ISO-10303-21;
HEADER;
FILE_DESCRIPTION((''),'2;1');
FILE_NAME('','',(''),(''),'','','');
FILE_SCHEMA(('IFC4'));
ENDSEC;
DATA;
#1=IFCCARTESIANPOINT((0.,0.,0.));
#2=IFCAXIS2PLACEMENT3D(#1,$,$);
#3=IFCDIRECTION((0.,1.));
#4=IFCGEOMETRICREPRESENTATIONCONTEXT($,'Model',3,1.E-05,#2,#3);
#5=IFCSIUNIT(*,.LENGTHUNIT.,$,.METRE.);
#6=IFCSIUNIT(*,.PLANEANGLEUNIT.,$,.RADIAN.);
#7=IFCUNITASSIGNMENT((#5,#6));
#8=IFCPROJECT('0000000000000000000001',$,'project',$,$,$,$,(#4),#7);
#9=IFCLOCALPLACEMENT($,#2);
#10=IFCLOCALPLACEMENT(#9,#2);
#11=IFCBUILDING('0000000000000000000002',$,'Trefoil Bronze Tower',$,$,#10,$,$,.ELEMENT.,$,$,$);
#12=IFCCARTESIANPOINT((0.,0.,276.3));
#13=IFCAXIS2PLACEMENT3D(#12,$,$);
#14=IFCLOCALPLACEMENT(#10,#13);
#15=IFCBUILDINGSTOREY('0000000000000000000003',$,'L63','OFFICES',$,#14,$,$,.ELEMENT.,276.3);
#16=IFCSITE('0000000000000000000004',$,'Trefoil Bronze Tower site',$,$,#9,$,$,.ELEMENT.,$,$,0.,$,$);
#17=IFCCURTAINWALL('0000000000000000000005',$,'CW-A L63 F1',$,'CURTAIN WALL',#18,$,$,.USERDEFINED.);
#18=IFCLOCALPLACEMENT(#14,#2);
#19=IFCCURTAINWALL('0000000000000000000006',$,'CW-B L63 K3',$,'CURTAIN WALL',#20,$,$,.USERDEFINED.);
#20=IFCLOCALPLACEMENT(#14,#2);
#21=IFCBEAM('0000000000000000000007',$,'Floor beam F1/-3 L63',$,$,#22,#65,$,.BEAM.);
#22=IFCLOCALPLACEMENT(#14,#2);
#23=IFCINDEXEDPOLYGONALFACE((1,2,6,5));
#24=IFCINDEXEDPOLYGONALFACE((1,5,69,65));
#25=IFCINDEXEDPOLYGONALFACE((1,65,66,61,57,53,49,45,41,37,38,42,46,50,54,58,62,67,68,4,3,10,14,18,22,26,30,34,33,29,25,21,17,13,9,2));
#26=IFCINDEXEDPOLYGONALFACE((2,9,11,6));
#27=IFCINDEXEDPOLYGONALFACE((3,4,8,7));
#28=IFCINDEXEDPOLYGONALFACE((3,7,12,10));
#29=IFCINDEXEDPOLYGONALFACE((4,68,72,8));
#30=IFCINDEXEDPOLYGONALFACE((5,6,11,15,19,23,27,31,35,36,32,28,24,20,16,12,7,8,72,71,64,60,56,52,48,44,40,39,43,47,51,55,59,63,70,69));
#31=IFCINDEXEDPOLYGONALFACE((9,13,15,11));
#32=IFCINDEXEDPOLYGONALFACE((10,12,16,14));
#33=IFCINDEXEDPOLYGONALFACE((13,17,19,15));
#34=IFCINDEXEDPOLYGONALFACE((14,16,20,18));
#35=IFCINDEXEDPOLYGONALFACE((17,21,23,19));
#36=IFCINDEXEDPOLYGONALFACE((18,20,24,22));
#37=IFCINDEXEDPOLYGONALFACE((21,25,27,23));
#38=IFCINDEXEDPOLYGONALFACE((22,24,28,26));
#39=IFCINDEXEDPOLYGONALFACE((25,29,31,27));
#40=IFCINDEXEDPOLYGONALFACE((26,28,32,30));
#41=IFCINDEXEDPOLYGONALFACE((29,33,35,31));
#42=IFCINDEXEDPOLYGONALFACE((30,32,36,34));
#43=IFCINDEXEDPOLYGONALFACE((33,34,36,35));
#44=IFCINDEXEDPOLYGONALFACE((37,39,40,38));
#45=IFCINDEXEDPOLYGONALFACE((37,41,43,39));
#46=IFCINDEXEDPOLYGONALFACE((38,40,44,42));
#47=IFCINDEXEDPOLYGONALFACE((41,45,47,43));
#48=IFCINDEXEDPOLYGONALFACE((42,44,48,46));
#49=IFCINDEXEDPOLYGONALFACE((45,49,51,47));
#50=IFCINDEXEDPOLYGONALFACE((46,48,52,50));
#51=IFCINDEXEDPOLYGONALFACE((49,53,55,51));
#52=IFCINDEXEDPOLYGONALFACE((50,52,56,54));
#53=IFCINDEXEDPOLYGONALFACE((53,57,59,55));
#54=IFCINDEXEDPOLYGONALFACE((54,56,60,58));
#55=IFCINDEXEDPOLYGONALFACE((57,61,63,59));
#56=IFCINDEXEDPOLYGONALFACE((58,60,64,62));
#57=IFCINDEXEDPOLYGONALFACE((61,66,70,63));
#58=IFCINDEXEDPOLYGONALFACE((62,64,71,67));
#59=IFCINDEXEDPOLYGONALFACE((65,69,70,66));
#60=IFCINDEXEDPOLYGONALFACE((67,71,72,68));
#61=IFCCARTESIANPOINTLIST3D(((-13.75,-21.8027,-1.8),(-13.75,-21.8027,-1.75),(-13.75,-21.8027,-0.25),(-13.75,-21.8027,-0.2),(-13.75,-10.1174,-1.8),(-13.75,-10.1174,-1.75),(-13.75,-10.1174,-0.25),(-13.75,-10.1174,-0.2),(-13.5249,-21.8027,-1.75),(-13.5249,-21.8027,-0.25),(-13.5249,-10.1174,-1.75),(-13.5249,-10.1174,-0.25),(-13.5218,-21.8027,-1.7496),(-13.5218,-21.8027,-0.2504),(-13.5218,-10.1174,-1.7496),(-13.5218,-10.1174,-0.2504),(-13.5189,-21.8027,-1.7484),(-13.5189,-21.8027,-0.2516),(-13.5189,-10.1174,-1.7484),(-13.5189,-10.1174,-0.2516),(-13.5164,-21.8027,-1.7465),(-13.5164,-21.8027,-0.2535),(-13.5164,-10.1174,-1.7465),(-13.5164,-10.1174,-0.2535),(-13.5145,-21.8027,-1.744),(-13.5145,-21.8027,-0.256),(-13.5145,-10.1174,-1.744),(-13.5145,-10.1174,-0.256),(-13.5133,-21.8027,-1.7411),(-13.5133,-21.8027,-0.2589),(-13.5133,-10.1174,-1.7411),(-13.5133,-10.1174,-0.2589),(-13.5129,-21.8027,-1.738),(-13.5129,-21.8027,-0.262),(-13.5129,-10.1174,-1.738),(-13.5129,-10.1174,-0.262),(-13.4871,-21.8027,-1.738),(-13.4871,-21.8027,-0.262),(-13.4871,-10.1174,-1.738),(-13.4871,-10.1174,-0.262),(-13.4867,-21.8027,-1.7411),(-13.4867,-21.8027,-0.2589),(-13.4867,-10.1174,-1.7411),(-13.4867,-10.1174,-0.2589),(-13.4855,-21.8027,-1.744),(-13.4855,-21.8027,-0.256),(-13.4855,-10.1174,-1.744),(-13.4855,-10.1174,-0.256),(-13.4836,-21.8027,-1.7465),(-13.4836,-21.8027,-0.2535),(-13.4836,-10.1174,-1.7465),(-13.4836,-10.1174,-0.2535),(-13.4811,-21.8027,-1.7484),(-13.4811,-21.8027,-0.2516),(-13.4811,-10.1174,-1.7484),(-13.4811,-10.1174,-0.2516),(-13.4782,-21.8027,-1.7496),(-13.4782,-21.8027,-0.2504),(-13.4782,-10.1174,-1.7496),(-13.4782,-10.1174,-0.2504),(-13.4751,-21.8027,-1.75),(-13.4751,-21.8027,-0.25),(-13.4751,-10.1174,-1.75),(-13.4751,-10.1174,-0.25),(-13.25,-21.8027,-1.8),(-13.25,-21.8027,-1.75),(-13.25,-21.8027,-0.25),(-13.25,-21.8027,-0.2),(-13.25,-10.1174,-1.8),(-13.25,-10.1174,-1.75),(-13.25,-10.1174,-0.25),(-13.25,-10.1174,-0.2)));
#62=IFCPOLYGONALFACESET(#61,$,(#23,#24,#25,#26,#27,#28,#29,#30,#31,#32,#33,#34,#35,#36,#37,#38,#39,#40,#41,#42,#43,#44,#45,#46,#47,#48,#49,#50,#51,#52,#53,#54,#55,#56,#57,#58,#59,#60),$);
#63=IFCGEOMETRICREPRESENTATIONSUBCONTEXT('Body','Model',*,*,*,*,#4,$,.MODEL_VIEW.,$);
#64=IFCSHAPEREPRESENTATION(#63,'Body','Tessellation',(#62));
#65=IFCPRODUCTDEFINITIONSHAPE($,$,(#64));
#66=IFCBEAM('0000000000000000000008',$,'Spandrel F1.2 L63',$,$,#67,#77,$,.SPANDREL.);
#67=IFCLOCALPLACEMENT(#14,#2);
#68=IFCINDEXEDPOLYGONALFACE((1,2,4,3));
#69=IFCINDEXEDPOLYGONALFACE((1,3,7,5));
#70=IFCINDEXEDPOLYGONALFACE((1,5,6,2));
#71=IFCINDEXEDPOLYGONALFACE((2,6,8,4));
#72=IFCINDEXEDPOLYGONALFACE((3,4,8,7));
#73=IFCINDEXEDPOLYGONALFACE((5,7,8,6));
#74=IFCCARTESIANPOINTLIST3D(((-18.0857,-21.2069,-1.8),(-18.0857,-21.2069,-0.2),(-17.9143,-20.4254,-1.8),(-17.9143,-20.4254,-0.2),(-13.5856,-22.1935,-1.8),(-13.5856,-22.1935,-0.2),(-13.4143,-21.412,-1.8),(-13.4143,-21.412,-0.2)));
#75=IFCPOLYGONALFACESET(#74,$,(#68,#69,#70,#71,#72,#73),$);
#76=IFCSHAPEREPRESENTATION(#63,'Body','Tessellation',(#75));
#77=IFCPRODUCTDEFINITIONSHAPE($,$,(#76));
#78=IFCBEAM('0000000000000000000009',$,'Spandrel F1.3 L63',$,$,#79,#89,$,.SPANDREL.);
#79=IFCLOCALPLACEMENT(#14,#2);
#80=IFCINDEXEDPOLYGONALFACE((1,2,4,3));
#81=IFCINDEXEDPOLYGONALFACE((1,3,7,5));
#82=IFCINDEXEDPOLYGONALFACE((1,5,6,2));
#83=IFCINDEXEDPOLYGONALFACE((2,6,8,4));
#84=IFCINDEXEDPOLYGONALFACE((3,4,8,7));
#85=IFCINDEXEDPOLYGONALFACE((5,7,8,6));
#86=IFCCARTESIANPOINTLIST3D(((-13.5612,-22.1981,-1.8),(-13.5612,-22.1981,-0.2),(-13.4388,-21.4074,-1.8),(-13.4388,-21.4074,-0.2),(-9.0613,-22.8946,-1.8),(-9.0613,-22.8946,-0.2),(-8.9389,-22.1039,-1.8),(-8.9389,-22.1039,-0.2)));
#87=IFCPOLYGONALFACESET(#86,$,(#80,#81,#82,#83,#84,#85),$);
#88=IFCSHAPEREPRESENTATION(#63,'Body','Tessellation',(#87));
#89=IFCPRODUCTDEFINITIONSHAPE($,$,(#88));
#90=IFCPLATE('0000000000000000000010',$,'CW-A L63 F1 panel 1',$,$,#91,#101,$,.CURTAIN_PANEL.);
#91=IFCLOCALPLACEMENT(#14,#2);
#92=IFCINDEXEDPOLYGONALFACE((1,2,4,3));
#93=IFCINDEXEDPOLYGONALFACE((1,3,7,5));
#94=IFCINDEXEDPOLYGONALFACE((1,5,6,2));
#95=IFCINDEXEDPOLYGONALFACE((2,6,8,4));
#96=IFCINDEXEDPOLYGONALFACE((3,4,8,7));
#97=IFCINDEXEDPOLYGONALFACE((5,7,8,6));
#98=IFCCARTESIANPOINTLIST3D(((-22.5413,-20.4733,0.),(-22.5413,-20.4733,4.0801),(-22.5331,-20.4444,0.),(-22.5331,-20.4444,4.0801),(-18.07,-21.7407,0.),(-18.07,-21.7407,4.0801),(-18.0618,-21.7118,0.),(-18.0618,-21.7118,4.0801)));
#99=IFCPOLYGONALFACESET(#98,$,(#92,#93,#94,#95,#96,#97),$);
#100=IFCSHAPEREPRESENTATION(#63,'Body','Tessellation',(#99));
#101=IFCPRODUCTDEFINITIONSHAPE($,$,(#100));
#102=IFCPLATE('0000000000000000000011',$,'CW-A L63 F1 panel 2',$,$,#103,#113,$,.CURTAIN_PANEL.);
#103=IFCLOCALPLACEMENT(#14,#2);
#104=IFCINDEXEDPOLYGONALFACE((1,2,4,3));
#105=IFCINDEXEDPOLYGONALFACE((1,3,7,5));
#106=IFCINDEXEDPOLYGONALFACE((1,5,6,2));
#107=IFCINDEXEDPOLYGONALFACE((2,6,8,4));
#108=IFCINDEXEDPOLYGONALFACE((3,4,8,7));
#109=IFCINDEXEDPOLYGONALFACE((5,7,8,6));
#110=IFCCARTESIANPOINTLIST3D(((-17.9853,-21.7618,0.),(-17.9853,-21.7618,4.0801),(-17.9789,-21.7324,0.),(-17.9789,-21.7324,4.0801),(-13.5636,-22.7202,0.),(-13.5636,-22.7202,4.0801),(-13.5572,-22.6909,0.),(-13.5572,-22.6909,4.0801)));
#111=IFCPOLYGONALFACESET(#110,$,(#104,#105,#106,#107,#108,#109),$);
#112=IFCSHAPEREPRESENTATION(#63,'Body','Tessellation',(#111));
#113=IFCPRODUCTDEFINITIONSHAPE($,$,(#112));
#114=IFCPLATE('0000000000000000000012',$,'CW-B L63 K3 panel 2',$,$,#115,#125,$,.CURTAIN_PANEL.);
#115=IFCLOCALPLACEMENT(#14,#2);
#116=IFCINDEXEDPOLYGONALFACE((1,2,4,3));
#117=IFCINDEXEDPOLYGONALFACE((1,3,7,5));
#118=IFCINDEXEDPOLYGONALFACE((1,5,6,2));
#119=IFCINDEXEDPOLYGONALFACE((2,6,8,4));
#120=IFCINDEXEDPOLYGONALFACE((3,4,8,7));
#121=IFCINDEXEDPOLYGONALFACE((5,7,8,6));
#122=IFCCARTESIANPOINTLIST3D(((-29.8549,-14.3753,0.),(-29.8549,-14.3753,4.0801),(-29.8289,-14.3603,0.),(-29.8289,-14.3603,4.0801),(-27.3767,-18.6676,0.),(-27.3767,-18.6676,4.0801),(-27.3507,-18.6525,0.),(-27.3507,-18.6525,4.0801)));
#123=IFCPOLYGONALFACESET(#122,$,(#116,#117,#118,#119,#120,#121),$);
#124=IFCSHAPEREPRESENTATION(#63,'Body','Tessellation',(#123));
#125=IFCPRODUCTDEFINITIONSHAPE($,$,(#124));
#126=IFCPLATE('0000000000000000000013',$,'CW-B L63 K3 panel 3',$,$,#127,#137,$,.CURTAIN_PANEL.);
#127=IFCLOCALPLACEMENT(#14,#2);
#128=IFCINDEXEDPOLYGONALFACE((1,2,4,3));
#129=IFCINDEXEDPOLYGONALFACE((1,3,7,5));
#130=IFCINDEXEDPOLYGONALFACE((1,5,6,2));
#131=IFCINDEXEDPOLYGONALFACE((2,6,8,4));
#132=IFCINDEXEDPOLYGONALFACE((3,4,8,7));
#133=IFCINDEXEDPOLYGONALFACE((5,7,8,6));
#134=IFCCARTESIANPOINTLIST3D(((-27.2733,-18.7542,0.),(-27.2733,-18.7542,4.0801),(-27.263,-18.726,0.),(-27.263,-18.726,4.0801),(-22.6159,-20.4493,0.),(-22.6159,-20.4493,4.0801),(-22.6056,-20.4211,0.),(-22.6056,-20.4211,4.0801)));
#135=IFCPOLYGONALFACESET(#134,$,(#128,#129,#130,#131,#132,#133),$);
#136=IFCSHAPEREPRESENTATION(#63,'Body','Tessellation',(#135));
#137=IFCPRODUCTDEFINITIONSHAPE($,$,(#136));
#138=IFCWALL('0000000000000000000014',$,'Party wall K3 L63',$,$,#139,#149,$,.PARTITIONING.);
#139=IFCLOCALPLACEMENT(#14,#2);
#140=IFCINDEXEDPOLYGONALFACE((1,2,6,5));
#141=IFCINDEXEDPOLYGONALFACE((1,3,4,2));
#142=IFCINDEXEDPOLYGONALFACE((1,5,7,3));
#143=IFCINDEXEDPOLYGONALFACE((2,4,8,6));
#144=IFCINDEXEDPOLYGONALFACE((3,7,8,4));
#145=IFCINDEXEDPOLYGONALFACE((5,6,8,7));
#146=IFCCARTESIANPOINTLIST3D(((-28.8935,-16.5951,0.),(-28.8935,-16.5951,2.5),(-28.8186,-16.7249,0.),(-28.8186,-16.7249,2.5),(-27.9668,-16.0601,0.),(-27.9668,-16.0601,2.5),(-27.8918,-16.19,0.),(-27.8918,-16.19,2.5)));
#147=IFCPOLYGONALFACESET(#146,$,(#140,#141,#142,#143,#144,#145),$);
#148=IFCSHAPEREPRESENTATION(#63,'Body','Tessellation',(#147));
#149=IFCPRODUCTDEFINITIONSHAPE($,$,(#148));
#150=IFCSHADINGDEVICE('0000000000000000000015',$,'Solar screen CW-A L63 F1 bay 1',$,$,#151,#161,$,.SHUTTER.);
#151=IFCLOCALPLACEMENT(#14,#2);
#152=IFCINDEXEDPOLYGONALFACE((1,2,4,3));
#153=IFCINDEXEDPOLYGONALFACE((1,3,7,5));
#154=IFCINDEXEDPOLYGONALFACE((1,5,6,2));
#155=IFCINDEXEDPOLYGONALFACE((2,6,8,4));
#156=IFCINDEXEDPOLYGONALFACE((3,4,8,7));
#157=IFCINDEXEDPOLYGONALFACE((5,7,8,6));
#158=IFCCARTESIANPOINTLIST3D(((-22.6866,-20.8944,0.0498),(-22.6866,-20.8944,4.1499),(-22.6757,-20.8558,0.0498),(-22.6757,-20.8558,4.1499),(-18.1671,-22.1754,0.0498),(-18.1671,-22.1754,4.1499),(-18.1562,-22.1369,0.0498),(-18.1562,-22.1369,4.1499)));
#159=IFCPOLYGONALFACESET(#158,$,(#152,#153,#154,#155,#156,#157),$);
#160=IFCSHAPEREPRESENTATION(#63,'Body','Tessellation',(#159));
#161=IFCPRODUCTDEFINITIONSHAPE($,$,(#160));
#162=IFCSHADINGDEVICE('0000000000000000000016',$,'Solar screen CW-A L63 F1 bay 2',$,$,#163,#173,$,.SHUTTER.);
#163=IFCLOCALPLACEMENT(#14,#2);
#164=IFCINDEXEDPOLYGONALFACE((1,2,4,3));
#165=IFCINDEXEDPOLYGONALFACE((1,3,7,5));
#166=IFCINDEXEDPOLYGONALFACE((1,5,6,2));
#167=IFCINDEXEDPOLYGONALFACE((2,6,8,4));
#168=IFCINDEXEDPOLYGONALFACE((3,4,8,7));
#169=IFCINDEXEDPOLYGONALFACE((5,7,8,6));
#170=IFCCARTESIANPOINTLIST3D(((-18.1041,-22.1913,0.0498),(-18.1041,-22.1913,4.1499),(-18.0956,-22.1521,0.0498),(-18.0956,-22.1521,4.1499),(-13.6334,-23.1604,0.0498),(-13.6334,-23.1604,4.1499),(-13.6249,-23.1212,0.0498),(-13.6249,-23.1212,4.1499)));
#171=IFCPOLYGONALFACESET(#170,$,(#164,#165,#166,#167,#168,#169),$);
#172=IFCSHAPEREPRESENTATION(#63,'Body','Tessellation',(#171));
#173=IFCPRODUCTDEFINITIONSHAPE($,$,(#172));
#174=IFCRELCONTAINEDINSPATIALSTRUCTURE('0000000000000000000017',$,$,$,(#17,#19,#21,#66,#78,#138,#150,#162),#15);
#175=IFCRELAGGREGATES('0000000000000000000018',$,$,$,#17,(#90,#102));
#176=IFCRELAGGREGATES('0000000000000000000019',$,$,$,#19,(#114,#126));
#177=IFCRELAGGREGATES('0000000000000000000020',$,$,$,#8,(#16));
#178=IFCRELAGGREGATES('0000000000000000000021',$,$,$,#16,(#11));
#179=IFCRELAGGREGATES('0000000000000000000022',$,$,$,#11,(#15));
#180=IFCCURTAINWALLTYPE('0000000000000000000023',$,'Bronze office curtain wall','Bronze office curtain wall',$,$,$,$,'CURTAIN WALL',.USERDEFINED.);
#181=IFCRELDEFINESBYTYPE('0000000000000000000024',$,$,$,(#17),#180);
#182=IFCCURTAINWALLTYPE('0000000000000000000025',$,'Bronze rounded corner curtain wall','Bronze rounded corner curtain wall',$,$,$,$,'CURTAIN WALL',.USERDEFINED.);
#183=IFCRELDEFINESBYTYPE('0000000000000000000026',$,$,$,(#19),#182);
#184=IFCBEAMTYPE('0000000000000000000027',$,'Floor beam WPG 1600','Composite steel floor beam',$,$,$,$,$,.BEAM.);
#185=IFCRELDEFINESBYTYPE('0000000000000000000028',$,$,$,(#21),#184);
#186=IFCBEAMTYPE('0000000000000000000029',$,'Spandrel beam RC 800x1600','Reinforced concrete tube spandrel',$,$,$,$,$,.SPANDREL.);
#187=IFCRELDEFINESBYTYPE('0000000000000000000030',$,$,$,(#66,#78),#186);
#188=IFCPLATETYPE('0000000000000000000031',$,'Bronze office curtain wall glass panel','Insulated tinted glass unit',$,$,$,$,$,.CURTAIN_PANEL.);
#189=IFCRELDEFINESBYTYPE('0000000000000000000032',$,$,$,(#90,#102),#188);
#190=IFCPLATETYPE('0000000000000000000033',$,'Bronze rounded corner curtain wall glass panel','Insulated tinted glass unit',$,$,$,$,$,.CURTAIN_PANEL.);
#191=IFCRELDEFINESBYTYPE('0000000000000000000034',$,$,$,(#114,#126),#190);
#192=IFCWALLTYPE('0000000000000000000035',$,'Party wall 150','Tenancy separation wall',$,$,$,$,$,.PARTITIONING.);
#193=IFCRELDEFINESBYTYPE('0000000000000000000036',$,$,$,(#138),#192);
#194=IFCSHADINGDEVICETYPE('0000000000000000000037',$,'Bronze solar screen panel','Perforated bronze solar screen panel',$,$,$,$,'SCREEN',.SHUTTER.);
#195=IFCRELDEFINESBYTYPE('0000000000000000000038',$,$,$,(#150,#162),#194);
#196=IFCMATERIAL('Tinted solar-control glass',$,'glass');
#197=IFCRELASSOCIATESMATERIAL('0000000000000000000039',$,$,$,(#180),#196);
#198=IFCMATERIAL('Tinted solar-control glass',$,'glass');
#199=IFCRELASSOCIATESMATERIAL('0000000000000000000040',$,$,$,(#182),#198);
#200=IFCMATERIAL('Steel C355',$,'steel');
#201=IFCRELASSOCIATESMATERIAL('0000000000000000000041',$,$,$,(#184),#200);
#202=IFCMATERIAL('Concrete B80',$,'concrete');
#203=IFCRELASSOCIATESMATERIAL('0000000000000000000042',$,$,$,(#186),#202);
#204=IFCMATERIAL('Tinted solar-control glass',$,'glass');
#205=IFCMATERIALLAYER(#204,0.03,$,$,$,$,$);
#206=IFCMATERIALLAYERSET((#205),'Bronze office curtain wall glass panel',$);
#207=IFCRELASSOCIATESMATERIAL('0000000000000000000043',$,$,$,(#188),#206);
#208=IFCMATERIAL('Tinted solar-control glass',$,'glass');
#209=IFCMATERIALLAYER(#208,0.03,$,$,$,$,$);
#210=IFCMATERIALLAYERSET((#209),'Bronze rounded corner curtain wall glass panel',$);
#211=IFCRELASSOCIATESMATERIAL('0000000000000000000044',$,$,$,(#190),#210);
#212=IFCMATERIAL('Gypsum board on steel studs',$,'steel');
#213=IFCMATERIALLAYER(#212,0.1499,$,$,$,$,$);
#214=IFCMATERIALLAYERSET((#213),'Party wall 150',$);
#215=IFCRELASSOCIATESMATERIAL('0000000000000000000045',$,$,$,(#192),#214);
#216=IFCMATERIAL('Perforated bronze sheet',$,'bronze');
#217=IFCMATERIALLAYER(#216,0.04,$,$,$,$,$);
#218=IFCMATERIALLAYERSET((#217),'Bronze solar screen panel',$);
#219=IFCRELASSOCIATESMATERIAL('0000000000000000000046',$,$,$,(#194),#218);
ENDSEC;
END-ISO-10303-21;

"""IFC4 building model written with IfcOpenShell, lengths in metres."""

from ifc_helpers import new_model, si_unit, direction, frame, frame_2d, origin, origin_2d, place, context, subcontext, project, spatial, rectangle, i_section, extrude, material, layer, layer_set, material_profile, profile_set, type_object, element, aggregate, save


model = new_model("IFC4")

# Units and contexts
model_context = context("Model", 3, precision=1e-05, world=origin(), true_north=direction((0.0, 1.0)))
body_context = subcontext(model_context, "Body", "Model", "MODEL_VIEW")
ifc_project = project(units=[si_unit("LENGTHUNIT", "METRE"), si_unit("PLANEANGLEUNIT", "RADIAN")], contexts=[model_context])

# Site, building, storey
site_placement = place(None, origin())
site = spatial("IfcSite", under=ifc_project, at=site_placement, Name="Trefoil Bronze Tower site", CompositionType="ELEMENT", RefElevation=0.0)
building_placement = place(site_placement, origin())
building = spatial("IfcBuilding", under=site, at=building_placement, Name="Trefoil Bronze Tower", CompositionType="ELEMENT")
storey_placement = place(building_placement, frame((0.0, 0.0, 276.3)))
storey = spatial("IfcBuildingStorey", under=building, at=storey_placement, Name="L63", Description="OFFICES", CompositionType="ELEMENT", Elevation=276.3)

# Curtain walls
ifc_material_1 = material(Name="Tinted solar-control glass", Category="glass")
curtain_wall_type_1 = type_object("IfcCurtainWallType", Name="Bronze office curtain wall", Description="Bronze office curtain wall", ElementType="CURTAIN WALL", PredefinedType="USERDEFINED", material=ifc_material_1)
curtain_wall_1_placement = place(storey_placement, origin())
curtain_wall_1 = element("IfcCurtainWall", 1, at=curtain_wall_1_placement, inside=storey, type_object=curtain_wall_type_1, Name="CW-A L63 F1", ObjectType="CURTAIN WALL", PredefinedType="USERDEFINED")
ifc_material_2 = material(Name="Tinted solar-control glass", Category="glass")
curtain_wall_type_2 = type_object("IfcCurtainWallType", Name="Bronze rounded corner curtain wall", Description="Bronze rounded corner curtain wall", ElementType="CURTAIN WALL", PredefinedType="USERDEFINED", material=ifc_material_2)
curtain_wall_2_placement = place(storey_placement, origin())
curtain_wall_2 = element("IfcCurtainWall", 2, at=curtain_wall_2_placement, inside=storey, type_object=curtain_wall_type_2, Name="CW-B L63 K3", ObjectType="CURTAIN WALL", PredefinedType="USERDEFINED")

# Beams
ifc_material_3 = material(Name="Steel C355", Category="steel")
ifc_material_profile_1 = material_profile(ifc_material_3, i_section(OverallWidth=0.5, OverallDepth=1.6001, WebThickness=0.0259, FlangeThickness=0.05, FilletRadius=0.012, at=origin_2d()), Name="WPG 1600")
ifc_profile_set_1 = profile_set([ifc_material_profile_1], Name="Steel C355")
beam_type_1 = type_object("IfcBeamType", Name="Floor beam WPG 1600", Description="Composite steel floor beam", PredefinedType="BEAM", material=ifc_profile_set_1)
beam_1_placement = place(storey_placement, frame((-13.5, -21.8027, -1.0), z_axis=(0.0, 1.0, 0.0), x_axis=(-1.0, 0.0, 0.0)))
element("IfcBeam", 3, at=beam_1_placement, inside=storey, type_object=beam_type_1, Name="Floor beam F1/-3 L63", PredefinedType="BEAM", context=body_context, shape_type="SweptSolid", body=[
    extrude(i_section(OverallWidth=0.5, OverallDepth=1.6001, WebThickness=0.0259, FlangeThickness=0.05, FilletRadius=0.012, at=origin_2d()), origin(), (0.0, 0.0, 1.0), 11.6853),
])
ifc_material_4 = material(Name="Concrete B80", Category="concrete")
ifc_material_profile_2 = material_profile(ifc_material_4, rectangle(XDim=0.8, YDim=1.6001, at=origin_2d()), Name="RC 800x1600")
ifc_profile_set_2 = profile_set([ifc_material_profile_2], Name="Concrete B80")
beam_type_2 = type_object("IfcBeamType", Name="Spandrel beam RC 800x1600", Description="Reinforced concrete tube spandrel", PredefinedType="SPANDREL", material=ifc_profile_set_2)
beam_2_placement = place(storey_placement, frame((-18.0, -20.8162, -1.0), z_axis=(0.9768, -0.214152, 0.0), x_axis=(0.214152, 0.9768, 0.0)))
element("IfcBeam", 4, at=beam_2_placement, inside=storey, type_object=beam_type_2, Name="Spandrel F1.2 L63", PredefinedType="SPANDREL", context=body_context, shape_type="SweptSolid", body=[
    extrude(rectangle(XDim=0.8, YDim=1.6001, at=origin_2d()), origin(), (0.0, 0.0, 1.0), 4.6069),
])
beam_3_placement = place(storey_placement, frame((-13.5, -21.8027, -1.0), z_axis=(0.988232, -0.152964, 0.0), x_axis=(0.152964, 0.988232, 0.0)))
element("IfcBeam", 5, at=beam_3_placement, inside=storey, type_object=beam_type_2, Name="Spandrel F1.3 L63", PredefinedType="SPANDREL", context=body_context, shape_type="SweptSolid", body=[
    extrude(rectangle(XDim=0.8, YDim=1.6001, at=origin_2d()), origin(), (0.0, 0.0, 1.0), 4.5535),
])

# Plates
ifc_material_5 = material(Name="Tinted solar-control glass", Category="glass")
ifc_layer_1 = layer(ifc_material_5, 0.03)
ifc_layer_set_1 = layer_set([ifc_layer_1], Name="Bronze office curtain wall glass panel")
plate_type_1 = type_object("IfcPlateType", Name="Bronze office curtain wall glass panel", Description="Insulated tinted glass unit", PredefinedType="CURTAIN_PANEL", material=ifc_layer_set_1)
plate_1_placement = place(storey_placement, frame((-20.3015, -21.0925, 0.0), z_axis=(0.0, 0.0, 1.0), x_axis=(0.962098, -0.272705, 0.0)))
plate_1 = element("IfcPlate", 6, at=plate_1_placement, type_object=plate_type_1, Name="CW-A L63 F1 panel 1", PredefinedType="CURTAIN_PANEL", context=body_context, shape_type="SweptSolid", body=[
    extrude(rectangle(XDim=4.6475, YDim=0.03, at=origin_2d()), origin(), (0.0, 0.0, 1.0), 4.0801),
])
plate_2_placement = place(storey_placement, frame((-15.7712, -22.2263, 0.0), z_axis=(0.0, 0.0, 1.0), x_axis=(0.977303, -0.211846, 0.0)))
plate_2 = element("IfcPlate", 7, at=plate_2_placement, type_object=plate_type_1, Name="CW-A L63 F1 panel 2", PredefinedType="CURTAIN_PANEL", context=body_context, shape_type="SweptSolid", body=[
    extrude(rectangle(XDim=4.5244, YDim=0.03, at=origin_2d()), origin(), (0.0, 0.0, 1.0), 4.0801),
])
aggregate(curtain_wall_1, [plate_1, plate_2])
ifc_material_6 = material(Name="Tinted solar-control glass", Category="glass")
ifc_layer_2 = layer(ifc_material_6, 0.03)
ifc_layer_set_2 = layer_set([ifc_layer_2], Name="Bronze rounded corner curtain wall glass panel")
plate_type_2 = type_object("IfcPlateType", Name="Bronze rounded corner curtain wall glass panel", Description="Insulated tinted glass unit", PredefinedType="CURTAIN_PANEL", material=ifc_layer_set_2)
plate_3_placement = place(storey_placement, frame((-28.6028, -16.5139, 0.0), z_axis=(0.0, 0.0, 1.0), x_axis=(0.5, -0.866025, 0.0)))
plate_3 = element("IfcPlate", 8, at=plate_3_placement, type_object=plate_type_2, Name="CW-B L63 K3 panel 2", PredefinedType="CURTAIN_PANEL", context=body_context, shape_type="SweptSolid", body=[
    extrude(rectangle(XDim=4.9563, YDim=0.03, at=origin_2d()), origin(), (0.0, 0.0, 1.0), 4.0801),
])
plate_4_placement = place(storey_placement, frame((-24.9395, -19.5876, 0.0), z_axis=(0.0, 0.0, 1.0), x_axis=(0.939693, -0.34202, 0.0)))
plate_4 = element("IfcPlate", 9, at=plate_4_placement, type_object=plate_type_2, Name="CW-B L63 K3 panel 3", PredefinedType="CURTAIN_PANEL", context=body_context, shape_type="SweptSolid", body=[
    extrude(rectangle(XDim=4.9563, YDim=0.03, at=origin_2d()), origin(), (0.0, 0.0, 1.0), 4.0801),
])
aggregate(curtain_wall_2, [plate_3, plate_4])

# Wall
ifc_material_7 = material(Name="Gypsum board on steel studs", Category="steel")
ifc_layer_3 = layer(ifc_material_7, 0.1499)
ifc_layer_set_3 = layer_set([ifc_layer_3], Name="Party wall 150")
wall_type = type_object("IfcWallType", Name="Party wall 150", Description="Tenancy separation wall", PredefinedType="PARTITIONING", material=ifc_layer_set_3)
wall_placement = place(storey_placement, frame((-27.9292, -16.125, 0.0), z_axis=(0.0, 0.0, 1.0), x_axis=(-0.866087, -0.499894, 0.0)))
element("IfcWall", 10, at=wall_placement, inside=storey, type_object=wall_type, Name="Party wall K3 L63", PredefinedType="PARTITIONING", context=body_context, shape_type="SweptSolid", body=[
    extrude(rectangle(XDim=1.0701, YDim=0.1499, at=frame_2d((0.5352, 0.0))), origin(), (0.0, 0.0, 1.0), 2.5),
])

# Shading devices
ifc_material_8 = material(Name="Perforated bronze sheet", Category="bronze")
ifc_layer_4 = layer(ifc_material_8, 0.04)
ifc_layer_set_4 = layer_set([ifc_layer_4], Name="Bronze solar screen panel")
shading_device_type = type_object("IfcShadingDeviceType", Name="Bronze solar screen panel", Description="Perforated bronze solar screen panel", ElementType="SCREEN", PredefinedType="SHUTTER", material=ifc_layer_set_4)
shading_device_1_placement = place(storey_placement, frame((-20.4214, -21.5156, 0.0498), z_axis=(0.0, 0.0, 1.0), x_axis=(0.962098, -0.272705, 0.0)))
element("IfcShadingDevice", 11, at=shading_device_1_placement, inside=storey, type_object=shading_device_type, Name="Solar screen CW-A L63 F1 bay 1", PredefinedType="SHUTTER", context=body_context, shape_type="SweptSolid", body=[
    extrude(rectangle(XDim=4.6975, YDim=0.04, at=origin_2d()), origin(), (0.0, 0.0, 1.0), 4.1001),
])
shading_device_2_placement = place(storey_placement, frame((-15.8645, -22.6562, 0.0498), z_axis=(0.0, 0.0, 1.0), x_axis=(0.977303, -0.211846, 0.0)))
element("IfcShadingDevice", 12, at=shading_device_2_placement, inside=storey, type_object=shading_device_type, Name="Solar screen CW-A L63 F1 bay 2", PredefinedType="SHUTTER", context=body_context, shape_type="SweptSolid", body=[
    extrude(rectangle(XDim=4.5745, YDim=0.04, at=origin_2d()), origin(), (0.0, 0.0, 1.0), 4.1001),
])

save(model, "model.ifc")
